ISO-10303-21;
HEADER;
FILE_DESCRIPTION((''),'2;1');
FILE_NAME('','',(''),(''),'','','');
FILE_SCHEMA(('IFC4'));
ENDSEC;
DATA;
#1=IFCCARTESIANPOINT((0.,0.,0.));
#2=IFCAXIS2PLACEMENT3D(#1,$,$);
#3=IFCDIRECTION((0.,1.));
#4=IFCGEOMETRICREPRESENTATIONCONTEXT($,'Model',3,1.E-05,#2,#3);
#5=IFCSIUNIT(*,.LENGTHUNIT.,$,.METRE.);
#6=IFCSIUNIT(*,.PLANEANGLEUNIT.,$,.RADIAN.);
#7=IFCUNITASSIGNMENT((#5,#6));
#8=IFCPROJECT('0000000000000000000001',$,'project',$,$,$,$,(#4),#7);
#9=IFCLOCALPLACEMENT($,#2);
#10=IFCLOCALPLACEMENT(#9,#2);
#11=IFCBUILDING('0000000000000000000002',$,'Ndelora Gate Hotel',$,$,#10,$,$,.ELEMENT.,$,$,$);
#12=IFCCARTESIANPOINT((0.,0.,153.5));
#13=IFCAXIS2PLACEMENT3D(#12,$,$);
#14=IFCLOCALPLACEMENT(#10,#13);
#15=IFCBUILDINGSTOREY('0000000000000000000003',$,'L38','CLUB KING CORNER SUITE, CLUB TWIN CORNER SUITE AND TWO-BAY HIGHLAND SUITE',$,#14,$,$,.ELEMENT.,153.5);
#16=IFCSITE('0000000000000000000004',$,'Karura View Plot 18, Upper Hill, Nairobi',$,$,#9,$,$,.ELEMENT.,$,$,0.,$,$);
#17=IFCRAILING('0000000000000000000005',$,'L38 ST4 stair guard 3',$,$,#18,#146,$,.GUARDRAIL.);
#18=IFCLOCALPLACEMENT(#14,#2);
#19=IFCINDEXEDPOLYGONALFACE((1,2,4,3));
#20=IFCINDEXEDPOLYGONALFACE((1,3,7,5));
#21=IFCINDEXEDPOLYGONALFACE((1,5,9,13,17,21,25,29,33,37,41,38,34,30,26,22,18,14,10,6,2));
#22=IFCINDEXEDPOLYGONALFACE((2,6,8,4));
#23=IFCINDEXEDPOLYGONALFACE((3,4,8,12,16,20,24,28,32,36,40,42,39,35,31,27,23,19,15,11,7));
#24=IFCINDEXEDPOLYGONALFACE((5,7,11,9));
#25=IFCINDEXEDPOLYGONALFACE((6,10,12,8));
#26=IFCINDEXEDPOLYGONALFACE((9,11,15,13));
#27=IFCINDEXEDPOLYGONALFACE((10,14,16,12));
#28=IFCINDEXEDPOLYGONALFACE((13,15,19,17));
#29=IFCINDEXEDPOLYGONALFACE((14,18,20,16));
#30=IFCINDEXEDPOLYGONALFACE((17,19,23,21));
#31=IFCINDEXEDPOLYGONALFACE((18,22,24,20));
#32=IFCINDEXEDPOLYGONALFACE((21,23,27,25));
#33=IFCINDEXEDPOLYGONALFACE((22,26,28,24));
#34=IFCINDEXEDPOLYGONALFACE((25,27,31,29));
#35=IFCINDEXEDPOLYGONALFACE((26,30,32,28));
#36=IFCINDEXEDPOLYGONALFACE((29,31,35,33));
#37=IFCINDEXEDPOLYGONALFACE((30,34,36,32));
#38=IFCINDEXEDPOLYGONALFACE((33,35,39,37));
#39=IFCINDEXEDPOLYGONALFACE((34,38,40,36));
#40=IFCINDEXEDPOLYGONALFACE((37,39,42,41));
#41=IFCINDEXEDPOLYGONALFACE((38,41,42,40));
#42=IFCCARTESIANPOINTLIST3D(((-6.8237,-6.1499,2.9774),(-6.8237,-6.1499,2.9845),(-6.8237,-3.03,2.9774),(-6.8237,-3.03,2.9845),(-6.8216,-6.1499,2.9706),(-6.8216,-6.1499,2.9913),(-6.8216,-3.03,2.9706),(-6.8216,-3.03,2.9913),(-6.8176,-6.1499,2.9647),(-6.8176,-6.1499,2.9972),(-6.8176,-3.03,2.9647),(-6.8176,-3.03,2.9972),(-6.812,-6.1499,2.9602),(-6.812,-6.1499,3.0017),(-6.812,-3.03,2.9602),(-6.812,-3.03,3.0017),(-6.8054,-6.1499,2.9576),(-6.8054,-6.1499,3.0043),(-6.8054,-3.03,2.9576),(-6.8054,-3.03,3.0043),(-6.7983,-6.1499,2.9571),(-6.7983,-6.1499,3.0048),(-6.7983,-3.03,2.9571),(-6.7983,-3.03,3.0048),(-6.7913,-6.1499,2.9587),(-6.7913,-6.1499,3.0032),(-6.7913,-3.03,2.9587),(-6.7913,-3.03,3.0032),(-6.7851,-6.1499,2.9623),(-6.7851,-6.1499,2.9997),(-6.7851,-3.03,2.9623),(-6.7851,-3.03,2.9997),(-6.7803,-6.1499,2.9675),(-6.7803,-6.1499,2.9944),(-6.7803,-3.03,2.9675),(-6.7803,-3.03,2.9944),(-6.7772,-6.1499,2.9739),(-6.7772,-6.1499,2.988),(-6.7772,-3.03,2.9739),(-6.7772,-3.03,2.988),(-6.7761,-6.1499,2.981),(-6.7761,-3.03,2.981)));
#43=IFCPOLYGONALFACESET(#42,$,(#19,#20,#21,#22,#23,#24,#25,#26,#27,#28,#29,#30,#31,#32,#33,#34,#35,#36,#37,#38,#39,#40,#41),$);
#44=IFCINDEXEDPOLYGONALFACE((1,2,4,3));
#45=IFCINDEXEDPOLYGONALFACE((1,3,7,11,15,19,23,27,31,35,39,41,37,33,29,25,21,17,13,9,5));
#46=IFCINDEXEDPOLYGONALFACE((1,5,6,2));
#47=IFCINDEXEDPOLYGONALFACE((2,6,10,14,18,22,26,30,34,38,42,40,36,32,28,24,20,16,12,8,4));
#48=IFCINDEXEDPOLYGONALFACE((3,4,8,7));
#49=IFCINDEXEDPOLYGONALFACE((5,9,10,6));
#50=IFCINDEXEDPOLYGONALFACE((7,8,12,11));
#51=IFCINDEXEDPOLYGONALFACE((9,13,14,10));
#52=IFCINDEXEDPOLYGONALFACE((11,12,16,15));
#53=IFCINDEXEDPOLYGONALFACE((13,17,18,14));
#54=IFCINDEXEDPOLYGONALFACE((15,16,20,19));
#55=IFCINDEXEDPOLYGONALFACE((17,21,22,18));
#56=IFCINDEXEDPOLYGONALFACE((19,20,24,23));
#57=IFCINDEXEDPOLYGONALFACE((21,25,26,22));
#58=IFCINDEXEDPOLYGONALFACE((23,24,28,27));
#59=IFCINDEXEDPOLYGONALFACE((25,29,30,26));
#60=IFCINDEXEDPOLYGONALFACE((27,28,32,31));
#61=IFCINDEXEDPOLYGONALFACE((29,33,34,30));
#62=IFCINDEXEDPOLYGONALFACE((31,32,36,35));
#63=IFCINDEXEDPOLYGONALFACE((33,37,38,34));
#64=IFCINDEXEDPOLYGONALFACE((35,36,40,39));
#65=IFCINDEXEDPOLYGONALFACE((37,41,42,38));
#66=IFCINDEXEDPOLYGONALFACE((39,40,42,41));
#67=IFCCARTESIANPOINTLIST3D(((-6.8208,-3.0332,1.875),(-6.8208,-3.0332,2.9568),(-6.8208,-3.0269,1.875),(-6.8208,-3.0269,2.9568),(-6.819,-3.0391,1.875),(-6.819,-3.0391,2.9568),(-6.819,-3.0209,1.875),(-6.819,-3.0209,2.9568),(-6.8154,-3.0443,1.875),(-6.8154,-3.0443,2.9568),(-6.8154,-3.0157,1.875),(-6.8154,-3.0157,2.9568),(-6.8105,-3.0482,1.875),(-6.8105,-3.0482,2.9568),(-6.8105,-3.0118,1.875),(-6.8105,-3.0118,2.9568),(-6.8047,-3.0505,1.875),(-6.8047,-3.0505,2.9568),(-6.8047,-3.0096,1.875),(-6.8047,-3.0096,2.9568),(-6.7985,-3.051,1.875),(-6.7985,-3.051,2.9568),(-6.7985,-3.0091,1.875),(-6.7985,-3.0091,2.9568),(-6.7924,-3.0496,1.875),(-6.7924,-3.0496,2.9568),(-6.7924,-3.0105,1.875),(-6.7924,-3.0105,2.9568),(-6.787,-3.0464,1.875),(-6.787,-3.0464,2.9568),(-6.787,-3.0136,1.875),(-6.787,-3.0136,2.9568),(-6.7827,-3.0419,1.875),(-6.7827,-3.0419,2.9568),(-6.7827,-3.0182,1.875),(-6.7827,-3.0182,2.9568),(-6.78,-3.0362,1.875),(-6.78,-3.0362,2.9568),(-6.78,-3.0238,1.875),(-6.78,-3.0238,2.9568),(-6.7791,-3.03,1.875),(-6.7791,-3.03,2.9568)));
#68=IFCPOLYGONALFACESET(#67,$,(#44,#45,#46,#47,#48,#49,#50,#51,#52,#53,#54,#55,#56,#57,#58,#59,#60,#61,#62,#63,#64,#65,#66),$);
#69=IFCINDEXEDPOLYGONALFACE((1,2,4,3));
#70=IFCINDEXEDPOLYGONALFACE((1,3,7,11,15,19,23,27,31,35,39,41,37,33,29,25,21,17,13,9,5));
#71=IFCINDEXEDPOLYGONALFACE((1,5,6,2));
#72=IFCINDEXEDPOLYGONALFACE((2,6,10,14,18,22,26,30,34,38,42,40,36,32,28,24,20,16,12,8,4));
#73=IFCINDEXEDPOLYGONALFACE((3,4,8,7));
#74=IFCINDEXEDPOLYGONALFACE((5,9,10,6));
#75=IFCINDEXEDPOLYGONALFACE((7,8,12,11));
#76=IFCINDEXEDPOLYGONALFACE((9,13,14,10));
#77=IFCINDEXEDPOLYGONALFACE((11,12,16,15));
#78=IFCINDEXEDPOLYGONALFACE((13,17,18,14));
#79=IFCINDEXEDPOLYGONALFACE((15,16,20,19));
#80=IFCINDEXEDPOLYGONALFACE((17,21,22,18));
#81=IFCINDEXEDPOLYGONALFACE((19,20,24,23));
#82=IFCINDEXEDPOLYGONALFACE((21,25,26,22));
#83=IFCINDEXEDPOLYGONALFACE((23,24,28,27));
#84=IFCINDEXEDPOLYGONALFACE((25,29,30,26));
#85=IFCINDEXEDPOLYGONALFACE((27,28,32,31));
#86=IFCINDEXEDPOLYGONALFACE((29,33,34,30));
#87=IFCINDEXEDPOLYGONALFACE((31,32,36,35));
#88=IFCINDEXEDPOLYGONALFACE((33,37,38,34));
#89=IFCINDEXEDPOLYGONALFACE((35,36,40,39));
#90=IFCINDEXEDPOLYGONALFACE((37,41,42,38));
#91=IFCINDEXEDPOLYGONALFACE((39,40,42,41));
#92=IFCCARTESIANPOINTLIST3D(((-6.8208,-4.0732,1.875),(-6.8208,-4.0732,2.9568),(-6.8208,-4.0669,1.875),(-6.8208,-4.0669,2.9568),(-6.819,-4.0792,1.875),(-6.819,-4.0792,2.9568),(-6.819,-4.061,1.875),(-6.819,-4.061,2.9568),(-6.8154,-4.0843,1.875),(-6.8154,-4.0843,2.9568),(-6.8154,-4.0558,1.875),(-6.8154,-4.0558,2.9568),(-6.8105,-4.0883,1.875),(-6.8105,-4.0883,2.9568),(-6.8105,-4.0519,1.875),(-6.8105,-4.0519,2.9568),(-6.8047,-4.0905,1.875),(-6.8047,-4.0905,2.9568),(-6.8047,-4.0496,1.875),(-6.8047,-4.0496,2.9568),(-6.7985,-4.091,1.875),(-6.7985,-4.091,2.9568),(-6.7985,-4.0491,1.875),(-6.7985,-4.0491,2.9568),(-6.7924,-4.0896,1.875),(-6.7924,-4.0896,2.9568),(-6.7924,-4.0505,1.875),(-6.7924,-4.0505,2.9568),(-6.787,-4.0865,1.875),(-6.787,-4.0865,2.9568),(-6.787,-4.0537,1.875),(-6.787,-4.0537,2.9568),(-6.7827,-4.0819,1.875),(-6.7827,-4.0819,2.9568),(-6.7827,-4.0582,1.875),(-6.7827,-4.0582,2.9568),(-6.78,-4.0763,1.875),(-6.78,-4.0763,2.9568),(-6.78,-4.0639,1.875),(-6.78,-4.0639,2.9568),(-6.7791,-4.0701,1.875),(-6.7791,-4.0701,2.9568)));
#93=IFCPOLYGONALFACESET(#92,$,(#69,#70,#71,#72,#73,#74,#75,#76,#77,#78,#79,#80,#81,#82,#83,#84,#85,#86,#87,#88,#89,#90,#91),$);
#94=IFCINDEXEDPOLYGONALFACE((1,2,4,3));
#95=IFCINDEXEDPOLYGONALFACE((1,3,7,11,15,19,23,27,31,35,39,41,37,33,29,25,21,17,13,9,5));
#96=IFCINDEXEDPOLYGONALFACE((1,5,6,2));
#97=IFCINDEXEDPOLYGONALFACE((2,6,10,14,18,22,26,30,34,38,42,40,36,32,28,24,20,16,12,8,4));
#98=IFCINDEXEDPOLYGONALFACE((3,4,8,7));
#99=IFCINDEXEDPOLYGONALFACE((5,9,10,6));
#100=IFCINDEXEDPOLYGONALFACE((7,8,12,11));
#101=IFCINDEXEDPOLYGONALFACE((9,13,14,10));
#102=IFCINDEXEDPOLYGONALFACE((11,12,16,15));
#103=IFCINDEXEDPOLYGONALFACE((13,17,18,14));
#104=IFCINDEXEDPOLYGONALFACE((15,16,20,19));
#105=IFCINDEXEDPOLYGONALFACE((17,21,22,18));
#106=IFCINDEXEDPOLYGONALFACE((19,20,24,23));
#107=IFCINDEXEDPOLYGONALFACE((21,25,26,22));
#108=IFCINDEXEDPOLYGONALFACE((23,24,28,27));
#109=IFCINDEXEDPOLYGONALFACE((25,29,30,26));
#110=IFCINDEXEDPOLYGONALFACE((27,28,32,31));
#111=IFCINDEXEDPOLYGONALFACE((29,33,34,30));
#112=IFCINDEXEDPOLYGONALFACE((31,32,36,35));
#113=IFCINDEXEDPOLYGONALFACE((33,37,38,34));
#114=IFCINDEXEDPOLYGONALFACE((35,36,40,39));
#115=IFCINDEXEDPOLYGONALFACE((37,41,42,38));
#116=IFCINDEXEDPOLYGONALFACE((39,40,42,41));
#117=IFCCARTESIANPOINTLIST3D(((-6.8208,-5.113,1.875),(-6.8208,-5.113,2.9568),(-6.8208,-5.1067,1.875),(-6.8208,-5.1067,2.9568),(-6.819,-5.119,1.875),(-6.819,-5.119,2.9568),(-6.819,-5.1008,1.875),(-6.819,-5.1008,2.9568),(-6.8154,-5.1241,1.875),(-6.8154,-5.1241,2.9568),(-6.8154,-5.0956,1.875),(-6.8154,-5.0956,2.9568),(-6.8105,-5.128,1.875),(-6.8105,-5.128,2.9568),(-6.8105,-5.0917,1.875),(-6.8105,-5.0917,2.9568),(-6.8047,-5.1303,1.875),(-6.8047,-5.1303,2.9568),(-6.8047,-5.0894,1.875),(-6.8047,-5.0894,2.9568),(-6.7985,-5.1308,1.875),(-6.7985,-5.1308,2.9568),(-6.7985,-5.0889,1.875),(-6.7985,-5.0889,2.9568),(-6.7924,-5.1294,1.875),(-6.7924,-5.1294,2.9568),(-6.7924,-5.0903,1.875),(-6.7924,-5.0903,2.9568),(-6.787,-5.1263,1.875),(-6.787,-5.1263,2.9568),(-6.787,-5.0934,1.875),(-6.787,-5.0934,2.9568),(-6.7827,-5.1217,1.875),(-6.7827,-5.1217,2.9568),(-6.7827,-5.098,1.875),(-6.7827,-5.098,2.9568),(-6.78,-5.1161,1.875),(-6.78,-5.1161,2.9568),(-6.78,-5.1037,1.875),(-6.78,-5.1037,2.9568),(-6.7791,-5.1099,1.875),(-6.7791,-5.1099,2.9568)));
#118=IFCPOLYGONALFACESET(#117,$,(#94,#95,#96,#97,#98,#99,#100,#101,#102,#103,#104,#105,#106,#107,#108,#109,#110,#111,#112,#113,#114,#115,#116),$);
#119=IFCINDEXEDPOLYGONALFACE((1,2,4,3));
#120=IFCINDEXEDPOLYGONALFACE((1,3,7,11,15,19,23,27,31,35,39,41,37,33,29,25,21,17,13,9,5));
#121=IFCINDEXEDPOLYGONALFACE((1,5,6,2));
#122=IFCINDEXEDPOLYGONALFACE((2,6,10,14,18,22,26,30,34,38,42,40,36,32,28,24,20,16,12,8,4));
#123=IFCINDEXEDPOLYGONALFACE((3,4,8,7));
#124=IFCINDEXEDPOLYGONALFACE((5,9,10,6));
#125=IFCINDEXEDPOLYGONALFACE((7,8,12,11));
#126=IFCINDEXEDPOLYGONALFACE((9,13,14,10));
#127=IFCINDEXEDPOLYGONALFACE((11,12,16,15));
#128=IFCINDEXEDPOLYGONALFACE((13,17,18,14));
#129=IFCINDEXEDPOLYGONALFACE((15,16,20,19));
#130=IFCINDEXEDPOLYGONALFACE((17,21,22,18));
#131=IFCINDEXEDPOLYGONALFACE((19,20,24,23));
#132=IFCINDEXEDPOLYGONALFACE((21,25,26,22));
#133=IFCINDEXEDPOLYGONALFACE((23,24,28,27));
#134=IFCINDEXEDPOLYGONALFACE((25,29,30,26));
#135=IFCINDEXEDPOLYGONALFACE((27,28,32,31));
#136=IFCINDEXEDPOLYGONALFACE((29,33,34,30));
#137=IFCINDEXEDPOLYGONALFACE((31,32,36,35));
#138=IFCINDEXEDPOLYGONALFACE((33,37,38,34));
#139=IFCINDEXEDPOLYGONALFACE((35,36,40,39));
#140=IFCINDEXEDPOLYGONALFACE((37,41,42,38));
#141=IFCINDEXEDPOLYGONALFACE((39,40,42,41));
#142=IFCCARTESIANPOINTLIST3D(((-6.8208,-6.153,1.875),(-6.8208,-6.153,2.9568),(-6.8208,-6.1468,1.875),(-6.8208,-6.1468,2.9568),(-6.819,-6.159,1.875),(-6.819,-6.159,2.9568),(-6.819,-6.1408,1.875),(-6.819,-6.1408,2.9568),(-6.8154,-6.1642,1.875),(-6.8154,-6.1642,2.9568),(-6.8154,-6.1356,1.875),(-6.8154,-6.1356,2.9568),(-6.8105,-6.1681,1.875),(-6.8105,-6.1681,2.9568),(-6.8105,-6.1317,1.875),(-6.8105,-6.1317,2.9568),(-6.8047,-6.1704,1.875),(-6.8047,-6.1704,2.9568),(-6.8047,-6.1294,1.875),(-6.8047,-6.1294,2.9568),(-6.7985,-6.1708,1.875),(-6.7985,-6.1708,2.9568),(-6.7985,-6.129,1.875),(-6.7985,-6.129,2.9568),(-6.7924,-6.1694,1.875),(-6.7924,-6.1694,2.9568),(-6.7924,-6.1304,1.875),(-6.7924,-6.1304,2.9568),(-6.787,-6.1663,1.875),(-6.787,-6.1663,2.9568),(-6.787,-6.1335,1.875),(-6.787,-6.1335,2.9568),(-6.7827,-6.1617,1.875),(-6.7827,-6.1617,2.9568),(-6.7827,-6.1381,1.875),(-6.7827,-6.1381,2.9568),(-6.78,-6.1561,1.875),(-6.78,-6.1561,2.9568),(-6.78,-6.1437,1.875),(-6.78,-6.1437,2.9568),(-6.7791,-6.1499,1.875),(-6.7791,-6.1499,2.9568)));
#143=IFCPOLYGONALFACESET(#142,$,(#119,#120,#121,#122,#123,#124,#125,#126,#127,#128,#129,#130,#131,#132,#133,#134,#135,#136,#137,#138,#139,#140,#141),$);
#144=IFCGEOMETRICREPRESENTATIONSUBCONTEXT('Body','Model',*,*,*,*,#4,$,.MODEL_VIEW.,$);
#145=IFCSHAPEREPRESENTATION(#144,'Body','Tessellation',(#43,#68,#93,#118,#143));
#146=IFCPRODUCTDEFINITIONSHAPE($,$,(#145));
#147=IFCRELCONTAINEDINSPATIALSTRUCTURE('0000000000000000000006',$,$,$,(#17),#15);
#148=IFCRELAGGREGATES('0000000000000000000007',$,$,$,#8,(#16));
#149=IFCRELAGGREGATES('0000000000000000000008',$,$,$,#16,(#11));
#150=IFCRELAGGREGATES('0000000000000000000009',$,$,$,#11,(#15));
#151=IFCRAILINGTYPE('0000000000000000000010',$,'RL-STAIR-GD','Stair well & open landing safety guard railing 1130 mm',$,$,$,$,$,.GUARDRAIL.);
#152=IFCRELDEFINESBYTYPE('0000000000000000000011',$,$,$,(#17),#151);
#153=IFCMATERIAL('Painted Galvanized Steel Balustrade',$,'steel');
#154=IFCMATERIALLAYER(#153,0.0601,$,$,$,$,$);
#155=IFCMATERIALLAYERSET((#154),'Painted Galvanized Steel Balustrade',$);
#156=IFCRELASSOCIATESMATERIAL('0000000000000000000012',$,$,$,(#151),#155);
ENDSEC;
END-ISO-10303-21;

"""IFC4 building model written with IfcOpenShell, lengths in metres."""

from ifc_helpers import new_model, si_unit, direction, frame, origin, origin_2d, place, context, subcontext, project, spatial, circle, extrude, material, layer, layer_set, type_object, element, save


model = new_model("IFC4")

# Units and contexts
model_context = context("Model", 3, precision=1e-05, world=origin(), true_north=direction((0.0, 1.0)))
body_context = subcontext(model_context, "Body", "Model", "MODEL_VIEW")
ifc_project = project(units=[si_unit("LENGTHUNIT", "METRE"), si_unit("PLANEANGLEUNIT", "RADIAN")], contexts=[model_context])

# Site, building, storey
site_placement = place(None, origin())
site = spatial("IfcSite", under=ifc_project, at=site_placement, Name="Karura View Plot 18, Upper Hill, Nairobi", CompositionType="ELEMENT", RefElevation=0.0)
building_placement = place(site_placement, origin())
building = spatial("IfcBuilding", under=site, at=building_placement, Name="Ndelora Gate Hotel", CompositionType="ELEMENT")
storey_placement = place(building_placement, frame((0.0, 0.0, 153.5)))
storey = spatial("IfcBuildingStorey", under=building, at=storey_placement, Name="L38", Description="CLUB KING CORNER SUITE, CLUB TWIN CORNER SUITE AND TWO-BAY HIGHLAND SUITE", CompositionType="ELEMENT", Elevation=153.5)

# Railing
ifc_material_1 = material(Name="Painted Galvanized Steel Balustrade", Category="steel")
ifc_layer_1 = layer(ifc_material_1, 0.0601)
ifc_layer_set_1 = layer_set([ifc_layer_1], Name="Painted Galvanized Steel Balustrade")
railing_type_1 = type_object("IfcRailingType", Name="RL-STAIR-GD", Description="Stair well & open landing safety guard railing 1130 mm", PredefinedType="GUARDRAIL", material=ifc_layer_set_1)
for number, where, name in (
    (1, (-6.8, -3.03, 1.875), "L38 ST4 stair guard 3"),
):
    element("IfcRailing", number, at=place(storey_placement, frame(where)), inside=storey, type_object=railing_type_1, Name=name, PredefinedType="GUARDRAIL", context=body_context, shape_type="SweptSolid", body=[
        extrude(circle(Radius=0.0239, at=origin_2d()), frame((0.0, 0.0, 1.106), z_axis=(0.0, -1.0, 0.0), x_axis=(1.0, 0.0, 0.0)), (0.0, 0.0, 1.0), 3.1199),
        extrude(circle(Radius=0.021, at=origin_2d()), origin(), (0.0, 0.0, 1.0), 1.0818),
        extrude(circle(Radius=0.021, at=origin_2d()), frame((0.0, -1.04, 0.0)), (0.0, 0.0, 1.0), 1.0818),
        extrude(circle(Radius=0.021, at=origin_2d()), frame((0.0, -2.0798, 0.0)), (0.0, 0.0, 1.0), 1.0818),
        extrude(circle(Radius=0.021, at=origin_2d()), frame((0.0, -3.1199, 0.0)), (0.0, 0.0, 1.0), 1.0818),
    ])

save(model, "model.ifc")
